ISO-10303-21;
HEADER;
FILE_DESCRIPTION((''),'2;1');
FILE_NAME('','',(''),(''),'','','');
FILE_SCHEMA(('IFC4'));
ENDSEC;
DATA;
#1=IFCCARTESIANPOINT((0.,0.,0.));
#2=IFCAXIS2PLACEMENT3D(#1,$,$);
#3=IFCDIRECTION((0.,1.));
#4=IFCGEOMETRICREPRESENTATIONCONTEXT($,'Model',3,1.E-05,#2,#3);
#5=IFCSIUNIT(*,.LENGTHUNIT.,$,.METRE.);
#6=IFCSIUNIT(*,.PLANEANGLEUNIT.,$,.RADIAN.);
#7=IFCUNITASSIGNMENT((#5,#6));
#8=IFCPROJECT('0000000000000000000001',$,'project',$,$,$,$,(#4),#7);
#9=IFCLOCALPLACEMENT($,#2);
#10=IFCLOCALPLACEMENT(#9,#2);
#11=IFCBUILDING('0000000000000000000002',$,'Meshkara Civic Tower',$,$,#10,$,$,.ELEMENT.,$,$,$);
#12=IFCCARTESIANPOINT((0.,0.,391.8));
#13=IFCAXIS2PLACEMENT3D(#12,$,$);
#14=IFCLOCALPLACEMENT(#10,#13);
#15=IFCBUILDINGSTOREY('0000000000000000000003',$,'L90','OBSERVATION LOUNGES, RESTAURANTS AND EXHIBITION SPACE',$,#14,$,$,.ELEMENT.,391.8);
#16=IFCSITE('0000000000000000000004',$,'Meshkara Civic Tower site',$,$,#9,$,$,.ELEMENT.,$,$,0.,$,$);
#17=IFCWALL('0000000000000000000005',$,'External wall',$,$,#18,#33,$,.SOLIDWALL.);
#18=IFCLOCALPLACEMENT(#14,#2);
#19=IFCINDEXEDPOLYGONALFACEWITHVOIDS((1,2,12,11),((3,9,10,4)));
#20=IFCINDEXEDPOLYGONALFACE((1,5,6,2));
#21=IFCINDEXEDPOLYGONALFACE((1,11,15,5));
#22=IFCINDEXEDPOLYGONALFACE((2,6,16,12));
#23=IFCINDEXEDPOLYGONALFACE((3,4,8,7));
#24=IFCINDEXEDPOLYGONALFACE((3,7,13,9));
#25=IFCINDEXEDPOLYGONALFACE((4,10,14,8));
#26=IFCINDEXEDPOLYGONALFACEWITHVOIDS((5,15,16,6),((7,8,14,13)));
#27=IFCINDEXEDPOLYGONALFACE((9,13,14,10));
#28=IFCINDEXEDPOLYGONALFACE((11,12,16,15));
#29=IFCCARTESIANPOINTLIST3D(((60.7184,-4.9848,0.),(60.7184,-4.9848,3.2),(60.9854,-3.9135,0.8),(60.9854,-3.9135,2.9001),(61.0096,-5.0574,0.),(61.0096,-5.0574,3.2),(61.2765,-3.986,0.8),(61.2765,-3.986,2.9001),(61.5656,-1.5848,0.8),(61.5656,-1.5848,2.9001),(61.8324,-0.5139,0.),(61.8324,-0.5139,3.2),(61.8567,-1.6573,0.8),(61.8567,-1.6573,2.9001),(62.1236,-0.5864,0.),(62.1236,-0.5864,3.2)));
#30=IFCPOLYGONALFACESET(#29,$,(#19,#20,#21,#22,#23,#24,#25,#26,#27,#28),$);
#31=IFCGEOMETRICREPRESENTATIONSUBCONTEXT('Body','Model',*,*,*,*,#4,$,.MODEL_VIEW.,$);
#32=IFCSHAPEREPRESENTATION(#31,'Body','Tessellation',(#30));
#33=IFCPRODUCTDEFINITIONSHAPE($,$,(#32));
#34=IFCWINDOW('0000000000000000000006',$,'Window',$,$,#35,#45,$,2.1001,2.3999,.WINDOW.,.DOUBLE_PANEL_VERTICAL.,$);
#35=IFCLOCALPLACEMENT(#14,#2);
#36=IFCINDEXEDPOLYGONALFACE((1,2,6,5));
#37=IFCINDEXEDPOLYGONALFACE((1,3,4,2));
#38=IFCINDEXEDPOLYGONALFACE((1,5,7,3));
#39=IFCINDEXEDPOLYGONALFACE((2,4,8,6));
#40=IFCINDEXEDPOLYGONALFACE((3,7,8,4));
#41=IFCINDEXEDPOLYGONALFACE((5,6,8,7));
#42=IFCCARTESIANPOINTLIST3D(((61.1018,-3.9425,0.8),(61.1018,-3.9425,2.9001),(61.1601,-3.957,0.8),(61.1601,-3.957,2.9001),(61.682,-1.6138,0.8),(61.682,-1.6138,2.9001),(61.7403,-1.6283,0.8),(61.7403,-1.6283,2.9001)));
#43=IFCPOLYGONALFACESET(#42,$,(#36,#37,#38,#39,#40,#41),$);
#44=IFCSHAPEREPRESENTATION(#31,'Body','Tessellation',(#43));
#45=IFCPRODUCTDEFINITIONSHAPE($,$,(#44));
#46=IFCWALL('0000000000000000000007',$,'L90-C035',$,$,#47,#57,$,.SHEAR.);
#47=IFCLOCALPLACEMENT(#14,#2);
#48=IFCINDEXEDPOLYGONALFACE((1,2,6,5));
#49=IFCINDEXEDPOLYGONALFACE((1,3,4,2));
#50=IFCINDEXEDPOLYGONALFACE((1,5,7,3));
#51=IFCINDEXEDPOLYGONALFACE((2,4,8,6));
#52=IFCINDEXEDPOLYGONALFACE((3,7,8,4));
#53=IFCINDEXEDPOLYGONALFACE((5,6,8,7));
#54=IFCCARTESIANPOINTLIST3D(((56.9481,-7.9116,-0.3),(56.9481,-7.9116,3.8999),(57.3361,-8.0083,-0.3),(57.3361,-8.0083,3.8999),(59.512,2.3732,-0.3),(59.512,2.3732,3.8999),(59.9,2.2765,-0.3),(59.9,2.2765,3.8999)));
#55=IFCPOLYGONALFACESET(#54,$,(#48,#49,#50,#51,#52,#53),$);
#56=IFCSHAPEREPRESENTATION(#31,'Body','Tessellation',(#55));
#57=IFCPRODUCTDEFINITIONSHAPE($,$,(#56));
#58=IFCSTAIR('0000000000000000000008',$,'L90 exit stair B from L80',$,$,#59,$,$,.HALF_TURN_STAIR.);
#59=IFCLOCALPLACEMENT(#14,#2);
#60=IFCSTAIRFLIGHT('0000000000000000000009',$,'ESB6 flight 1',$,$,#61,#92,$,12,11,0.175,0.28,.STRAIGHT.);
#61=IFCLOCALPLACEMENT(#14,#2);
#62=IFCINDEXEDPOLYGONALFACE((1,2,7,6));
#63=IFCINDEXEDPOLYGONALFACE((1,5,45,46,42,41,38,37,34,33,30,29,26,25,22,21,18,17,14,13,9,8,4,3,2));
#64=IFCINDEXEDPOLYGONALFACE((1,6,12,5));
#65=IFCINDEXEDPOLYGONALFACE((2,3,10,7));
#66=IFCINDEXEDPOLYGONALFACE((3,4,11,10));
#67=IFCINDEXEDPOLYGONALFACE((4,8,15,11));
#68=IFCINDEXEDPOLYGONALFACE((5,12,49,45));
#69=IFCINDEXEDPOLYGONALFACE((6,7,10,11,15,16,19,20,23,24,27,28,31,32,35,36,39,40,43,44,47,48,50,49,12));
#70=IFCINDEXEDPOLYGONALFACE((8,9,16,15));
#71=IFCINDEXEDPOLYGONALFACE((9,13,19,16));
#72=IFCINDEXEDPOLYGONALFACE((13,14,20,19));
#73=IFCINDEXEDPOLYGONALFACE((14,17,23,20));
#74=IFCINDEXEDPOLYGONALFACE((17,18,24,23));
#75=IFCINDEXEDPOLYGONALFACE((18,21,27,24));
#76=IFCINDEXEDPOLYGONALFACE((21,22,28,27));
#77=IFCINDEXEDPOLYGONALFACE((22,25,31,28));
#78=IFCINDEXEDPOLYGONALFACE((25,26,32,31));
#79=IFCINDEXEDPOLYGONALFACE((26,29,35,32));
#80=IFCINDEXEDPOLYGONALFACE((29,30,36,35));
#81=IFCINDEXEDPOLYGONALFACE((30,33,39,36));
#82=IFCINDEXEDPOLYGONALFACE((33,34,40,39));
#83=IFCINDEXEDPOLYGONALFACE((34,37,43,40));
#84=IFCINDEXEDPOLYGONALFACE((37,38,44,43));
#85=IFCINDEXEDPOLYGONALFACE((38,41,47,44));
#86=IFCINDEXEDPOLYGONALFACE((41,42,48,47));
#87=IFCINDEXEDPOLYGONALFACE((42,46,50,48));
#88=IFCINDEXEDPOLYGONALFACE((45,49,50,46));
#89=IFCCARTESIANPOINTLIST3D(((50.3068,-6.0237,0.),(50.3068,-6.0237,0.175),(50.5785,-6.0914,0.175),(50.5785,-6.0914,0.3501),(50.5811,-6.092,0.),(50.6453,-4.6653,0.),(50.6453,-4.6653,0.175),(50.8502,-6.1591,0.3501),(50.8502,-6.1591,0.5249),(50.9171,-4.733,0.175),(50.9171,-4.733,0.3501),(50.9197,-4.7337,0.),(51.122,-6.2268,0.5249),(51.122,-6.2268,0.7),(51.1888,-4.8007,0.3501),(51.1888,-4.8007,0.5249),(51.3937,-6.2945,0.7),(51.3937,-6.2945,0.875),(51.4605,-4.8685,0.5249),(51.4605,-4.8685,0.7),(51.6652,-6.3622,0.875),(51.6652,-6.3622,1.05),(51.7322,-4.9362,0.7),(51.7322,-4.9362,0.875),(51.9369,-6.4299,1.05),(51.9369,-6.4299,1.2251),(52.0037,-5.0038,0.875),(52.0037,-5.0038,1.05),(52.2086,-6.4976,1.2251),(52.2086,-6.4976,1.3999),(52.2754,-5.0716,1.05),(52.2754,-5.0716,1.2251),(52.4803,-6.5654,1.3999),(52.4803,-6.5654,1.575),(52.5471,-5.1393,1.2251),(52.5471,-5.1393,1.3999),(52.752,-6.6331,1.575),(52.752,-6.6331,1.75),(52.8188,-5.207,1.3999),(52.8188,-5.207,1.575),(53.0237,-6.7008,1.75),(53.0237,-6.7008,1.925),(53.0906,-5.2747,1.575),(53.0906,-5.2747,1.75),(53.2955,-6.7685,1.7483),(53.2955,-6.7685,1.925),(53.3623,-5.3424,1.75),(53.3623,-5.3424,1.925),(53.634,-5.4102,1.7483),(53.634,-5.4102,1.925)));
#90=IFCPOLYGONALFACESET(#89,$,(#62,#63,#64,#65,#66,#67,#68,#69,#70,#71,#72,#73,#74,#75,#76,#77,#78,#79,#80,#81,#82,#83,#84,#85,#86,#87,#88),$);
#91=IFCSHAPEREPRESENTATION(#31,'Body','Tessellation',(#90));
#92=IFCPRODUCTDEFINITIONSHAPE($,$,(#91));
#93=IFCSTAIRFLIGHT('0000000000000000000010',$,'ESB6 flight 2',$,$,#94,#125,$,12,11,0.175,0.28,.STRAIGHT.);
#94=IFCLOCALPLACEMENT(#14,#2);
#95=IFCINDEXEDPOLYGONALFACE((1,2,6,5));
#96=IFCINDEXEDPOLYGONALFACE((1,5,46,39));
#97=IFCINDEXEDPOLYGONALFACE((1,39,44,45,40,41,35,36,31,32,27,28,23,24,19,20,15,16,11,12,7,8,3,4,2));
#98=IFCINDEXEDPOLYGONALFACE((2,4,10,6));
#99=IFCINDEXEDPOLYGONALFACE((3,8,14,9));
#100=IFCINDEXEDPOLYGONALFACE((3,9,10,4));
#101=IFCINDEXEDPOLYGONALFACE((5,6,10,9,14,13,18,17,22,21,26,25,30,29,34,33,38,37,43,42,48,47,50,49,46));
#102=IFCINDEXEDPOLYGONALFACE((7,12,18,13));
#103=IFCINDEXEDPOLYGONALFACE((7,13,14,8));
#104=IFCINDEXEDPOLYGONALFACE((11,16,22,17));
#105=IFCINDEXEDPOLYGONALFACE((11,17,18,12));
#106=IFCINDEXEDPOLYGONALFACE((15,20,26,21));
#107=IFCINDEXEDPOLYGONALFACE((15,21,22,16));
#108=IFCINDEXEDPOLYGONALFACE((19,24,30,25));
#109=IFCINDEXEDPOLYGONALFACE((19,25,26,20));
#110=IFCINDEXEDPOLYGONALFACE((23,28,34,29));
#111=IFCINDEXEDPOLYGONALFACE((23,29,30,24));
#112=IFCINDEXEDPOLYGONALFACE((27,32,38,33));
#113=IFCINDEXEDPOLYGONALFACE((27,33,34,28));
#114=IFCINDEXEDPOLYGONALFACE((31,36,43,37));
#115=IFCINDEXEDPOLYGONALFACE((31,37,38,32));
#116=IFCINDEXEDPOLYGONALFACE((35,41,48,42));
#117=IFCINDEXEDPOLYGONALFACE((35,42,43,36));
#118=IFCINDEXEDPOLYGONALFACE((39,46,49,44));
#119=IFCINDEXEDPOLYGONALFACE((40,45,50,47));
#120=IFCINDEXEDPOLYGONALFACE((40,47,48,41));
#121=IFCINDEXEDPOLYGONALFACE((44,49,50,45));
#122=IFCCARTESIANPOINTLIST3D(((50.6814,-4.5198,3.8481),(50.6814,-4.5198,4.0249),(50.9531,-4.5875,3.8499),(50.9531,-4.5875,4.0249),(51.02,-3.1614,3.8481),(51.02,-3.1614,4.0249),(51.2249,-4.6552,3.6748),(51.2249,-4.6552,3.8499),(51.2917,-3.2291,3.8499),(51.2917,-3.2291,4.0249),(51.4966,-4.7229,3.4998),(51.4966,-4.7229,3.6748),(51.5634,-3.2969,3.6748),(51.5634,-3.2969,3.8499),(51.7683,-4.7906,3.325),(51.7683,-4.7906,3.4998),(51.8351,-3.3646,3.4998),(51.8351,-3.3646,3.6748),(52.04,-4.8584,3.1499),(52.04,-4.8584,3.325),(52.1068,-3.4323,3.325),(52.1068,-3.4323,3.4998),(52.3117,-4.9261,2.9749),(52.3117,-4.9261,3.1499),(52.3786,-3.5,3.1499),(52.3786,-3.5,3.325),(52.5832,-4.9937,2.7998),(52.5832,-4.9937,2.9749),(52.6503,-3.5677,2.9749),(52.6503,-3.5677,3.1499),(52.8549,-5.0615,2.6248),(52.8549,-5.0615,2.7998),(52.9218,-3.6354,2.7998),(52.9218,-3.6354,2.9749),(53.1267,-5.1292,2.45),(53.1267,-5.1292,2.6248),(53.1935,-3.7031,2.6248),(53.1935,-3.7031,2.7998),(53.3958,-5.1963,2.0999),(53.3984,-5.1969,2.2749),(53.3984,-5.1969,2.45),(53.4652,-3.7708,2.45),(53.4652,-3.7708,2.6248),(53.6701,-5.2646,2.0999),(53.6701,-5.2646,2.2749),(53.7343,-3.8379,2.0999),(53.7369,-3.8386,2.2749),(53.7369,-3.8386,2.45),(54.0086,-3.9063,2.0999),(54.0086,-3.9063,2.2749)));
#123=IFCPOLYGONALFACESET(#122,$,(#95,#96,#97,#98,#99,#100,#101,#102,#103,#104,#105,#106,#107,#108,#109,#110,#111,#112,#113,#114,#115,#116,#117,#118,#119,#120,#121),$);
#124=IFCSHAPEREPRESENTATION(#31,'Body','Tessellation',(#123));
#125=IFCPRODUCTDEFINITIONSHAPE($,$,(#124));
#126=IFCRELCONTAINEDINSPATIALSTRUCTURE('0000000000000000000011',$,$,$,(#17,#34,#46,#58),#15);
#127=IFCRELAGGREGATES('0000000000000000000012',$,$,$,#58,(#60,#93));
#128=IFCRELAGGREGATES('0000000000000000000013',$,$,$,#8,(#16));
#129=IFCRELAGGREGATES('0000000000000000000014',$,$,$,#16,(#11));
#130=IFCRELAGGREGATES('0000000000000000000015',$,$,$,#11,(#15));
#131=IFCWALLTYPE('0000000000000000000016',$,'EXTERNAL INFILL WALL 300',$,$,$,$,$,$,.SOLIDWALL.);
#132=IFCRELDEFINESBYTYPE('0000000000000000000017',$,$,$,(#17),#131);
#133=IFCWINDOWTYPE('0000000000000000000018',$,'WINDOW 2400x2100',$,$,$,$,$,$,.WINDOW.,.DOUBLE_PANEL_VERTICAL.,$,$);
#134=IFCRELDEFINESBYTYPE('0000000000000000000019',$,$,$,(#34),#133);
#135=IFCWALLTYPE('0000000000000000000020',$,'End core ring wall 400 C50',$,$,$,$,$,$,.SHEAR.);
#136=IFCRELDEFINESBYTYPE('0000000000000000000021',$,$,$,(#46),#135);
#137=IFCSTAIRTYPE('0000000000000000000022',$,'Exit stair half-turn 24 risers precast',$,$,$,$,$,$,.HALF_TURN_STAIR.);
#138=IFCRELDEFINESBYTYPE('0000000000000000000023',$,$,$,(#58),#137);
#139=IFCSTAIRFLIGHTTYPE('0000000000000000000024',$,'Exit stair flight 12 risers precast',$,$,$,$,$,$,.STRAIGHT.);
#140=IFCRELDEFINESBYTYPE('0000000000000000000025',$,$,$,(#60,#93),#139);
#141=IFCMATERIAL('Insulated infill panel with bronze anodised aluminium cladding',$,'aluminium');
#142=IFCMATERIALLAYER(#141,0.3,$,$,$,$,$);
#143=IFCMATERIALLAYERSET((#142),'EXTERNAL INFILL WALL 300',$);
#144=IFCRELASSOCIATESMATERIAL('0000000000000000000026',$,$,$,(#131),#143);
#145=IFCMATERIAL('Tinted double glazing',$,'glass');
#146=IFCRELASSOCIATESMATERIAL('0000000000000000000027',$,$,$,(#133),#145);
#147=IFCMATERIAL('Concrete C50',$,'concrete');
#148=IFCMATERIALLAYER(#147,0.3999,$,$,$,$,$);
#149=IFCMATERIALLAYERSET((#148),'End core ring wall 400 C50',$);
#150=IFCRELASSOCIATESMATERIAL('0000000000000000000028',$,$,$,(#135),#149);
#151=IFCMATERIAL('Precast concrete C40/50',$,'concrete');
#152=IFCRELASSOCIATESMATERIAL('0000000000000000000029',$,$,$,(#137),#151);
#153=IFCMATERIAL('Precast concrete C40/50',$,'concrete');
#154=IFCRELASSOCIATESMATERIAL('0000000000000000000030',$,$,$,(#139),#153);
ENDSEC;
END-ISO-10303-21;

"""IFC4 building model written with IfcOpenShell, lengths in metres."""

from ifc_helpers import new_model, si_unit, direction, frame, frame_2d, origin, place, context, subcontext, project, spatial, polyline, rectangle, outline, extrude, material, layer, layer_set, type_object, element, fill, aggregate, save


model = new_model("IFC4")

# Units and contexts
model_context = context("Model", 3, precision=1e-05, world=origin(), true_north=direction((0.0, 1.0)))
body_context = subcontext(model_context, "Body", "Model", "MODEL_VIEW")
ifc_project = project(units=[si_unit("LENGTHUNIT", "METRE"), si_unit("PLANEANGLEUNIT", "RADIAN")], contexts=[model_context])

# Site, building, storey
site_placement = place(None, origin())
site = spatial("IfcSite", under=ifc_project, at=site_placement, Name="Meshkara Civic Tower site", CompositionType="ELEMENT", RefElevation=0.0)
building_placement = place(site_placement, origin())
building = spatial("IfcBuilding", under=site, at=building_placement, Name="Meshkara Civic Tower", CompositionType="ELEMENT")
storey_placement = place(building_placement, frame((0.0, 0.0, 391.8)))
storey = spatial("IfcBuildingStorey", under=building, at=storey_placement, Name="L90", Description="OBSERVATION LOUNGES, RESTAURANTS AND EXHIBITION SPACE", CompositionType="ELEMENT", Elevation=391.8)

# Wall, opening, window
ifc_material_1 = material(Name="Insulated infill panel with bronze anodised aluminium cladding", Category="aluminium")
ifc_layer_1 = layer(ifc_material_1, 0.3)
ifc_layer_set_1 = layer_set([ifc_layer_1], Name="EXTERNAL INFILL WALL 300")
wall_type_1 = type_object("IfcWallType", Name="EXTERNAL INFILL WALL 300", PredefinedType="SOLIDWALL", material=ifc_layer_set_1)
ifc_material_2 = material(Name="Tinted double glazing", Category="glass")
window_type = type_object("IfcWindowType", Name="WINDOW 2400x2100", PartitioningType="DOUBLE_PANEL_VERTICAL", PredefinedType="WINDOW", material=ifc_material_2)
wall_1_placement = place(storey_placement, frame((60.864, -5.021, 0.0), z_axis=(0.0, 0.0, 1.0), x_axis=(0.241775, 0.970332, 0.0)))
wall_1 = element("IfcWall", 1, at=wall_1_placement, inside=storey, type_object=wall_type_1, Name="External wall", PredefinedType="SOLIDWALL", context=body_context, shape_type="SweptSolid", body=[
    extrude(rectangle(XDim=4.6077, YDim=0.3, at=frame_2d((2.3037, 0.0))), origin(), (0.0, 0.0, 1.0), 3.2),
])
opening_1_placement = place(wall_1_placement, frame((1.104, 0.0, 0.8)))
opening_1 = element("IfcOpeningElement", 2, at=opening_1_placement, cuts=wall_1, PredefinedType="OPENING", context=body_context, shape_type="SweptSolid", body=[
    extrude(rectangle(XDim=2.3999, YDim=2.1001, at=frame_2d((1.2, 1.05))), frame((0.0, 0.1599, 0.0), z_axis=(0.0, -1.0, 0.0), x_axis=(1.0, 0.0, 0.0)), (0.0, 0.0, 1.0), 0.3201),
])
window_1_placement = place(opening_1_placement, origin())
window_1 = element("IfcWindow", 3, at=window_1_placement, inside=storey, type_object=window_type, Name="Window", OverallHeight=2.1001, OverallWidth=2.3999, PartitioningType="DOUBLE_PANEL_VERTICAL", PredefinedType="WINDOW", context=body_context, shape_type="SweptSolid", body=[
    extrude(rectangle(XDim=2.3999, YDim=2.1001, at=frame_2d((1.2, 1.05))), frame((0.0, 0.03, 0.0), z_axis=(0.0, -1.0, 0.0), x_axis=(1.0, 0.0, 0.0)), (0.0, 0.0, 1.0), 0.0601),
])
fill(opening_1, window_1)

# Wall
ifc_material_3 = material(Name="Concrete C50", Category="concrete")
ifc_layer_2 = layer(ifc_material_3, 0.3999)
ifc_layer_set_2 = layer_set([ifc_layer_2], Name="End core ring wall 400 C50")
wall_type_2 = type_object("IfcWallType", Name="End core ring wall 400 C50", PredefinedType="SHEAR", material=ifc_layer_set_2)
wall_2_placement = place(storey_placement, frame((57.1421, -7.96, -0.3), z_axis=(0.0, 0.0, 1.0), x_axis=(0.241891, 0.970304, 0.0)))
element("IfcWall", 4, at=wall_2_placement, inside=storey, type_object=wall_type_2, Name="L90-C035", PredefinedType="SHEAR", context=body_context, shape_type="SweptSolid", body=[
    extrude(rectangle(XDim=10.5996, YDim=0.3999, at=frame_2d((5.2998, 0.0))), origin(), (0.0, 0.0, 1.0), 4.2),
])

# Stair, stair flights
ifc_material_4 = material(Name="Precast concrete C40/50", Category="concrete")
stair_type = type_object("IfcStairType", Name="Exit stair half-turn 24 risers precast", PredefinedType="HALF_TURN_STAIR", material=ifc_material_4)
stair_placement = place(storey_placement, origin())
stair = element("IfcStair", 5, at=stair_placement, inside=storey, type_object=stair_type, Name="L90 exit stair B from L80", PredefinedType="HALF_TURN_STAIR")
ifc_material_5 = material(Name="Precast concrete C40/50", Category="concrete")
stair_flight_type = type_object("IfcStairFlightType", Name="Exit stair flight 12 risers precast", PredefinedType="STRAIGHT", material=ifc_material_5)
stair_flight_1_placement = place(storey_placement, frame((50.4761, -5.3445, 0.0), z_axis=(0.0, 0.0, 1.0), x_axis=(0.970319, -0.24183, 0.0)))
stair_flight_1 = element("IfcStairFlight", 6, at=stair_flight_1_placement, type_object=stair_flight_type, Name="ESB6 flight 1", NumberOfRisers=12, NumberOfTreads=11, PredefinedType="STRAIGHT", RiserHeight=0.175, TreadLength=0.28, context=body_context, shape_type="SweptSolid", body=[
    extrude(outline(polyline([(0.0, 0.0), (0.0, 0.175), (0.28, 0.175), (0.28, 0.3501), (0.5601, 0.3501), (0.5601, 0.5249), (0.8401, 0.5249), (0.8401, 0.7), (1.1201, 0.7), (1.1201, 0.875), (1.3999, 0.875), (1.3999, 1.05), (1.6799, 1.05), (1.6799, 1.2251), (1.96, 1.2251), (1.96, 1.3999), (2.24, 1.3999), (2.24, 1.575), (2.52, 1.575), (2.52, 1.75), (2.8, 1.75), (2.8, 1.925), (3.0801, 1.925), (3.0801, 2.1001), (3.0801, 1.7483), (0.2827, 0.0), (0.0, 0.0)])), frame((0.0, 0.7, 0.0), z_axis=(0.0, -1.0, 0.0), x_axis=(1.0, 0.0, 0.0)), (0.0, 0.0, 1.0), 1.3999),
])
stair_flight_2_placement = place(storey_placement, frame((53.8394, -4.5854, 2.0999), z_axis=(0.0, 0.0, 1.0), x_axis=(-0.970319, 0.24183, 0.0)))
stair_flight_2 = element("IfcStairFlight", 7, at=stair_flight_2_placement, type_object=stair_flight_type, Name="ESB6 flight 2", NumberOfRisers=12, NumberOfTreads=11, PredefinedType="STRAIGHT", RiserHeight=0.175, TreadLength=0.28, context=body_context, shape_type="SweptSolid", body=[
    extrude(outline(polyline([(0.0, 0.0), (0.0, 0.175), (0.28, 0.175), (0.28, 0.3501), (0.5601, 0.3501), (0.5601, 0.5249), (0.8401, 0.5249), (0.8401, 0.7), (1.1201, 0.7), (1.1201, 0.875), (1.3999, 0.875), (1.3999, 1.05), (1.6799, 1.05), (1.6799, 1.2251), (1.96, 1.2251), (1.96, 1.3999), (2.24, 1.3999), (2.24, 1.575), (2.52, 1.575), (2.52, 1.75), (2.8, 1.75), (2.8, 1.925), (3.0801, 1.925), (3.0801, 2.1001), (3.0801, 1.7483), (0.2827, 0.0), (0.0, 0.0)])), frame((0.0, 0.7, 0.0), z_axis=(0.0, -1.0, 0.0), x_axis=(1.0, 0.0, 0.0)), (0.0, 0.0, 1.0), 1.3999),
])
aggregate(stair, [stair_flight_1, stair_flight_2])

save(model, "model.ifc")
